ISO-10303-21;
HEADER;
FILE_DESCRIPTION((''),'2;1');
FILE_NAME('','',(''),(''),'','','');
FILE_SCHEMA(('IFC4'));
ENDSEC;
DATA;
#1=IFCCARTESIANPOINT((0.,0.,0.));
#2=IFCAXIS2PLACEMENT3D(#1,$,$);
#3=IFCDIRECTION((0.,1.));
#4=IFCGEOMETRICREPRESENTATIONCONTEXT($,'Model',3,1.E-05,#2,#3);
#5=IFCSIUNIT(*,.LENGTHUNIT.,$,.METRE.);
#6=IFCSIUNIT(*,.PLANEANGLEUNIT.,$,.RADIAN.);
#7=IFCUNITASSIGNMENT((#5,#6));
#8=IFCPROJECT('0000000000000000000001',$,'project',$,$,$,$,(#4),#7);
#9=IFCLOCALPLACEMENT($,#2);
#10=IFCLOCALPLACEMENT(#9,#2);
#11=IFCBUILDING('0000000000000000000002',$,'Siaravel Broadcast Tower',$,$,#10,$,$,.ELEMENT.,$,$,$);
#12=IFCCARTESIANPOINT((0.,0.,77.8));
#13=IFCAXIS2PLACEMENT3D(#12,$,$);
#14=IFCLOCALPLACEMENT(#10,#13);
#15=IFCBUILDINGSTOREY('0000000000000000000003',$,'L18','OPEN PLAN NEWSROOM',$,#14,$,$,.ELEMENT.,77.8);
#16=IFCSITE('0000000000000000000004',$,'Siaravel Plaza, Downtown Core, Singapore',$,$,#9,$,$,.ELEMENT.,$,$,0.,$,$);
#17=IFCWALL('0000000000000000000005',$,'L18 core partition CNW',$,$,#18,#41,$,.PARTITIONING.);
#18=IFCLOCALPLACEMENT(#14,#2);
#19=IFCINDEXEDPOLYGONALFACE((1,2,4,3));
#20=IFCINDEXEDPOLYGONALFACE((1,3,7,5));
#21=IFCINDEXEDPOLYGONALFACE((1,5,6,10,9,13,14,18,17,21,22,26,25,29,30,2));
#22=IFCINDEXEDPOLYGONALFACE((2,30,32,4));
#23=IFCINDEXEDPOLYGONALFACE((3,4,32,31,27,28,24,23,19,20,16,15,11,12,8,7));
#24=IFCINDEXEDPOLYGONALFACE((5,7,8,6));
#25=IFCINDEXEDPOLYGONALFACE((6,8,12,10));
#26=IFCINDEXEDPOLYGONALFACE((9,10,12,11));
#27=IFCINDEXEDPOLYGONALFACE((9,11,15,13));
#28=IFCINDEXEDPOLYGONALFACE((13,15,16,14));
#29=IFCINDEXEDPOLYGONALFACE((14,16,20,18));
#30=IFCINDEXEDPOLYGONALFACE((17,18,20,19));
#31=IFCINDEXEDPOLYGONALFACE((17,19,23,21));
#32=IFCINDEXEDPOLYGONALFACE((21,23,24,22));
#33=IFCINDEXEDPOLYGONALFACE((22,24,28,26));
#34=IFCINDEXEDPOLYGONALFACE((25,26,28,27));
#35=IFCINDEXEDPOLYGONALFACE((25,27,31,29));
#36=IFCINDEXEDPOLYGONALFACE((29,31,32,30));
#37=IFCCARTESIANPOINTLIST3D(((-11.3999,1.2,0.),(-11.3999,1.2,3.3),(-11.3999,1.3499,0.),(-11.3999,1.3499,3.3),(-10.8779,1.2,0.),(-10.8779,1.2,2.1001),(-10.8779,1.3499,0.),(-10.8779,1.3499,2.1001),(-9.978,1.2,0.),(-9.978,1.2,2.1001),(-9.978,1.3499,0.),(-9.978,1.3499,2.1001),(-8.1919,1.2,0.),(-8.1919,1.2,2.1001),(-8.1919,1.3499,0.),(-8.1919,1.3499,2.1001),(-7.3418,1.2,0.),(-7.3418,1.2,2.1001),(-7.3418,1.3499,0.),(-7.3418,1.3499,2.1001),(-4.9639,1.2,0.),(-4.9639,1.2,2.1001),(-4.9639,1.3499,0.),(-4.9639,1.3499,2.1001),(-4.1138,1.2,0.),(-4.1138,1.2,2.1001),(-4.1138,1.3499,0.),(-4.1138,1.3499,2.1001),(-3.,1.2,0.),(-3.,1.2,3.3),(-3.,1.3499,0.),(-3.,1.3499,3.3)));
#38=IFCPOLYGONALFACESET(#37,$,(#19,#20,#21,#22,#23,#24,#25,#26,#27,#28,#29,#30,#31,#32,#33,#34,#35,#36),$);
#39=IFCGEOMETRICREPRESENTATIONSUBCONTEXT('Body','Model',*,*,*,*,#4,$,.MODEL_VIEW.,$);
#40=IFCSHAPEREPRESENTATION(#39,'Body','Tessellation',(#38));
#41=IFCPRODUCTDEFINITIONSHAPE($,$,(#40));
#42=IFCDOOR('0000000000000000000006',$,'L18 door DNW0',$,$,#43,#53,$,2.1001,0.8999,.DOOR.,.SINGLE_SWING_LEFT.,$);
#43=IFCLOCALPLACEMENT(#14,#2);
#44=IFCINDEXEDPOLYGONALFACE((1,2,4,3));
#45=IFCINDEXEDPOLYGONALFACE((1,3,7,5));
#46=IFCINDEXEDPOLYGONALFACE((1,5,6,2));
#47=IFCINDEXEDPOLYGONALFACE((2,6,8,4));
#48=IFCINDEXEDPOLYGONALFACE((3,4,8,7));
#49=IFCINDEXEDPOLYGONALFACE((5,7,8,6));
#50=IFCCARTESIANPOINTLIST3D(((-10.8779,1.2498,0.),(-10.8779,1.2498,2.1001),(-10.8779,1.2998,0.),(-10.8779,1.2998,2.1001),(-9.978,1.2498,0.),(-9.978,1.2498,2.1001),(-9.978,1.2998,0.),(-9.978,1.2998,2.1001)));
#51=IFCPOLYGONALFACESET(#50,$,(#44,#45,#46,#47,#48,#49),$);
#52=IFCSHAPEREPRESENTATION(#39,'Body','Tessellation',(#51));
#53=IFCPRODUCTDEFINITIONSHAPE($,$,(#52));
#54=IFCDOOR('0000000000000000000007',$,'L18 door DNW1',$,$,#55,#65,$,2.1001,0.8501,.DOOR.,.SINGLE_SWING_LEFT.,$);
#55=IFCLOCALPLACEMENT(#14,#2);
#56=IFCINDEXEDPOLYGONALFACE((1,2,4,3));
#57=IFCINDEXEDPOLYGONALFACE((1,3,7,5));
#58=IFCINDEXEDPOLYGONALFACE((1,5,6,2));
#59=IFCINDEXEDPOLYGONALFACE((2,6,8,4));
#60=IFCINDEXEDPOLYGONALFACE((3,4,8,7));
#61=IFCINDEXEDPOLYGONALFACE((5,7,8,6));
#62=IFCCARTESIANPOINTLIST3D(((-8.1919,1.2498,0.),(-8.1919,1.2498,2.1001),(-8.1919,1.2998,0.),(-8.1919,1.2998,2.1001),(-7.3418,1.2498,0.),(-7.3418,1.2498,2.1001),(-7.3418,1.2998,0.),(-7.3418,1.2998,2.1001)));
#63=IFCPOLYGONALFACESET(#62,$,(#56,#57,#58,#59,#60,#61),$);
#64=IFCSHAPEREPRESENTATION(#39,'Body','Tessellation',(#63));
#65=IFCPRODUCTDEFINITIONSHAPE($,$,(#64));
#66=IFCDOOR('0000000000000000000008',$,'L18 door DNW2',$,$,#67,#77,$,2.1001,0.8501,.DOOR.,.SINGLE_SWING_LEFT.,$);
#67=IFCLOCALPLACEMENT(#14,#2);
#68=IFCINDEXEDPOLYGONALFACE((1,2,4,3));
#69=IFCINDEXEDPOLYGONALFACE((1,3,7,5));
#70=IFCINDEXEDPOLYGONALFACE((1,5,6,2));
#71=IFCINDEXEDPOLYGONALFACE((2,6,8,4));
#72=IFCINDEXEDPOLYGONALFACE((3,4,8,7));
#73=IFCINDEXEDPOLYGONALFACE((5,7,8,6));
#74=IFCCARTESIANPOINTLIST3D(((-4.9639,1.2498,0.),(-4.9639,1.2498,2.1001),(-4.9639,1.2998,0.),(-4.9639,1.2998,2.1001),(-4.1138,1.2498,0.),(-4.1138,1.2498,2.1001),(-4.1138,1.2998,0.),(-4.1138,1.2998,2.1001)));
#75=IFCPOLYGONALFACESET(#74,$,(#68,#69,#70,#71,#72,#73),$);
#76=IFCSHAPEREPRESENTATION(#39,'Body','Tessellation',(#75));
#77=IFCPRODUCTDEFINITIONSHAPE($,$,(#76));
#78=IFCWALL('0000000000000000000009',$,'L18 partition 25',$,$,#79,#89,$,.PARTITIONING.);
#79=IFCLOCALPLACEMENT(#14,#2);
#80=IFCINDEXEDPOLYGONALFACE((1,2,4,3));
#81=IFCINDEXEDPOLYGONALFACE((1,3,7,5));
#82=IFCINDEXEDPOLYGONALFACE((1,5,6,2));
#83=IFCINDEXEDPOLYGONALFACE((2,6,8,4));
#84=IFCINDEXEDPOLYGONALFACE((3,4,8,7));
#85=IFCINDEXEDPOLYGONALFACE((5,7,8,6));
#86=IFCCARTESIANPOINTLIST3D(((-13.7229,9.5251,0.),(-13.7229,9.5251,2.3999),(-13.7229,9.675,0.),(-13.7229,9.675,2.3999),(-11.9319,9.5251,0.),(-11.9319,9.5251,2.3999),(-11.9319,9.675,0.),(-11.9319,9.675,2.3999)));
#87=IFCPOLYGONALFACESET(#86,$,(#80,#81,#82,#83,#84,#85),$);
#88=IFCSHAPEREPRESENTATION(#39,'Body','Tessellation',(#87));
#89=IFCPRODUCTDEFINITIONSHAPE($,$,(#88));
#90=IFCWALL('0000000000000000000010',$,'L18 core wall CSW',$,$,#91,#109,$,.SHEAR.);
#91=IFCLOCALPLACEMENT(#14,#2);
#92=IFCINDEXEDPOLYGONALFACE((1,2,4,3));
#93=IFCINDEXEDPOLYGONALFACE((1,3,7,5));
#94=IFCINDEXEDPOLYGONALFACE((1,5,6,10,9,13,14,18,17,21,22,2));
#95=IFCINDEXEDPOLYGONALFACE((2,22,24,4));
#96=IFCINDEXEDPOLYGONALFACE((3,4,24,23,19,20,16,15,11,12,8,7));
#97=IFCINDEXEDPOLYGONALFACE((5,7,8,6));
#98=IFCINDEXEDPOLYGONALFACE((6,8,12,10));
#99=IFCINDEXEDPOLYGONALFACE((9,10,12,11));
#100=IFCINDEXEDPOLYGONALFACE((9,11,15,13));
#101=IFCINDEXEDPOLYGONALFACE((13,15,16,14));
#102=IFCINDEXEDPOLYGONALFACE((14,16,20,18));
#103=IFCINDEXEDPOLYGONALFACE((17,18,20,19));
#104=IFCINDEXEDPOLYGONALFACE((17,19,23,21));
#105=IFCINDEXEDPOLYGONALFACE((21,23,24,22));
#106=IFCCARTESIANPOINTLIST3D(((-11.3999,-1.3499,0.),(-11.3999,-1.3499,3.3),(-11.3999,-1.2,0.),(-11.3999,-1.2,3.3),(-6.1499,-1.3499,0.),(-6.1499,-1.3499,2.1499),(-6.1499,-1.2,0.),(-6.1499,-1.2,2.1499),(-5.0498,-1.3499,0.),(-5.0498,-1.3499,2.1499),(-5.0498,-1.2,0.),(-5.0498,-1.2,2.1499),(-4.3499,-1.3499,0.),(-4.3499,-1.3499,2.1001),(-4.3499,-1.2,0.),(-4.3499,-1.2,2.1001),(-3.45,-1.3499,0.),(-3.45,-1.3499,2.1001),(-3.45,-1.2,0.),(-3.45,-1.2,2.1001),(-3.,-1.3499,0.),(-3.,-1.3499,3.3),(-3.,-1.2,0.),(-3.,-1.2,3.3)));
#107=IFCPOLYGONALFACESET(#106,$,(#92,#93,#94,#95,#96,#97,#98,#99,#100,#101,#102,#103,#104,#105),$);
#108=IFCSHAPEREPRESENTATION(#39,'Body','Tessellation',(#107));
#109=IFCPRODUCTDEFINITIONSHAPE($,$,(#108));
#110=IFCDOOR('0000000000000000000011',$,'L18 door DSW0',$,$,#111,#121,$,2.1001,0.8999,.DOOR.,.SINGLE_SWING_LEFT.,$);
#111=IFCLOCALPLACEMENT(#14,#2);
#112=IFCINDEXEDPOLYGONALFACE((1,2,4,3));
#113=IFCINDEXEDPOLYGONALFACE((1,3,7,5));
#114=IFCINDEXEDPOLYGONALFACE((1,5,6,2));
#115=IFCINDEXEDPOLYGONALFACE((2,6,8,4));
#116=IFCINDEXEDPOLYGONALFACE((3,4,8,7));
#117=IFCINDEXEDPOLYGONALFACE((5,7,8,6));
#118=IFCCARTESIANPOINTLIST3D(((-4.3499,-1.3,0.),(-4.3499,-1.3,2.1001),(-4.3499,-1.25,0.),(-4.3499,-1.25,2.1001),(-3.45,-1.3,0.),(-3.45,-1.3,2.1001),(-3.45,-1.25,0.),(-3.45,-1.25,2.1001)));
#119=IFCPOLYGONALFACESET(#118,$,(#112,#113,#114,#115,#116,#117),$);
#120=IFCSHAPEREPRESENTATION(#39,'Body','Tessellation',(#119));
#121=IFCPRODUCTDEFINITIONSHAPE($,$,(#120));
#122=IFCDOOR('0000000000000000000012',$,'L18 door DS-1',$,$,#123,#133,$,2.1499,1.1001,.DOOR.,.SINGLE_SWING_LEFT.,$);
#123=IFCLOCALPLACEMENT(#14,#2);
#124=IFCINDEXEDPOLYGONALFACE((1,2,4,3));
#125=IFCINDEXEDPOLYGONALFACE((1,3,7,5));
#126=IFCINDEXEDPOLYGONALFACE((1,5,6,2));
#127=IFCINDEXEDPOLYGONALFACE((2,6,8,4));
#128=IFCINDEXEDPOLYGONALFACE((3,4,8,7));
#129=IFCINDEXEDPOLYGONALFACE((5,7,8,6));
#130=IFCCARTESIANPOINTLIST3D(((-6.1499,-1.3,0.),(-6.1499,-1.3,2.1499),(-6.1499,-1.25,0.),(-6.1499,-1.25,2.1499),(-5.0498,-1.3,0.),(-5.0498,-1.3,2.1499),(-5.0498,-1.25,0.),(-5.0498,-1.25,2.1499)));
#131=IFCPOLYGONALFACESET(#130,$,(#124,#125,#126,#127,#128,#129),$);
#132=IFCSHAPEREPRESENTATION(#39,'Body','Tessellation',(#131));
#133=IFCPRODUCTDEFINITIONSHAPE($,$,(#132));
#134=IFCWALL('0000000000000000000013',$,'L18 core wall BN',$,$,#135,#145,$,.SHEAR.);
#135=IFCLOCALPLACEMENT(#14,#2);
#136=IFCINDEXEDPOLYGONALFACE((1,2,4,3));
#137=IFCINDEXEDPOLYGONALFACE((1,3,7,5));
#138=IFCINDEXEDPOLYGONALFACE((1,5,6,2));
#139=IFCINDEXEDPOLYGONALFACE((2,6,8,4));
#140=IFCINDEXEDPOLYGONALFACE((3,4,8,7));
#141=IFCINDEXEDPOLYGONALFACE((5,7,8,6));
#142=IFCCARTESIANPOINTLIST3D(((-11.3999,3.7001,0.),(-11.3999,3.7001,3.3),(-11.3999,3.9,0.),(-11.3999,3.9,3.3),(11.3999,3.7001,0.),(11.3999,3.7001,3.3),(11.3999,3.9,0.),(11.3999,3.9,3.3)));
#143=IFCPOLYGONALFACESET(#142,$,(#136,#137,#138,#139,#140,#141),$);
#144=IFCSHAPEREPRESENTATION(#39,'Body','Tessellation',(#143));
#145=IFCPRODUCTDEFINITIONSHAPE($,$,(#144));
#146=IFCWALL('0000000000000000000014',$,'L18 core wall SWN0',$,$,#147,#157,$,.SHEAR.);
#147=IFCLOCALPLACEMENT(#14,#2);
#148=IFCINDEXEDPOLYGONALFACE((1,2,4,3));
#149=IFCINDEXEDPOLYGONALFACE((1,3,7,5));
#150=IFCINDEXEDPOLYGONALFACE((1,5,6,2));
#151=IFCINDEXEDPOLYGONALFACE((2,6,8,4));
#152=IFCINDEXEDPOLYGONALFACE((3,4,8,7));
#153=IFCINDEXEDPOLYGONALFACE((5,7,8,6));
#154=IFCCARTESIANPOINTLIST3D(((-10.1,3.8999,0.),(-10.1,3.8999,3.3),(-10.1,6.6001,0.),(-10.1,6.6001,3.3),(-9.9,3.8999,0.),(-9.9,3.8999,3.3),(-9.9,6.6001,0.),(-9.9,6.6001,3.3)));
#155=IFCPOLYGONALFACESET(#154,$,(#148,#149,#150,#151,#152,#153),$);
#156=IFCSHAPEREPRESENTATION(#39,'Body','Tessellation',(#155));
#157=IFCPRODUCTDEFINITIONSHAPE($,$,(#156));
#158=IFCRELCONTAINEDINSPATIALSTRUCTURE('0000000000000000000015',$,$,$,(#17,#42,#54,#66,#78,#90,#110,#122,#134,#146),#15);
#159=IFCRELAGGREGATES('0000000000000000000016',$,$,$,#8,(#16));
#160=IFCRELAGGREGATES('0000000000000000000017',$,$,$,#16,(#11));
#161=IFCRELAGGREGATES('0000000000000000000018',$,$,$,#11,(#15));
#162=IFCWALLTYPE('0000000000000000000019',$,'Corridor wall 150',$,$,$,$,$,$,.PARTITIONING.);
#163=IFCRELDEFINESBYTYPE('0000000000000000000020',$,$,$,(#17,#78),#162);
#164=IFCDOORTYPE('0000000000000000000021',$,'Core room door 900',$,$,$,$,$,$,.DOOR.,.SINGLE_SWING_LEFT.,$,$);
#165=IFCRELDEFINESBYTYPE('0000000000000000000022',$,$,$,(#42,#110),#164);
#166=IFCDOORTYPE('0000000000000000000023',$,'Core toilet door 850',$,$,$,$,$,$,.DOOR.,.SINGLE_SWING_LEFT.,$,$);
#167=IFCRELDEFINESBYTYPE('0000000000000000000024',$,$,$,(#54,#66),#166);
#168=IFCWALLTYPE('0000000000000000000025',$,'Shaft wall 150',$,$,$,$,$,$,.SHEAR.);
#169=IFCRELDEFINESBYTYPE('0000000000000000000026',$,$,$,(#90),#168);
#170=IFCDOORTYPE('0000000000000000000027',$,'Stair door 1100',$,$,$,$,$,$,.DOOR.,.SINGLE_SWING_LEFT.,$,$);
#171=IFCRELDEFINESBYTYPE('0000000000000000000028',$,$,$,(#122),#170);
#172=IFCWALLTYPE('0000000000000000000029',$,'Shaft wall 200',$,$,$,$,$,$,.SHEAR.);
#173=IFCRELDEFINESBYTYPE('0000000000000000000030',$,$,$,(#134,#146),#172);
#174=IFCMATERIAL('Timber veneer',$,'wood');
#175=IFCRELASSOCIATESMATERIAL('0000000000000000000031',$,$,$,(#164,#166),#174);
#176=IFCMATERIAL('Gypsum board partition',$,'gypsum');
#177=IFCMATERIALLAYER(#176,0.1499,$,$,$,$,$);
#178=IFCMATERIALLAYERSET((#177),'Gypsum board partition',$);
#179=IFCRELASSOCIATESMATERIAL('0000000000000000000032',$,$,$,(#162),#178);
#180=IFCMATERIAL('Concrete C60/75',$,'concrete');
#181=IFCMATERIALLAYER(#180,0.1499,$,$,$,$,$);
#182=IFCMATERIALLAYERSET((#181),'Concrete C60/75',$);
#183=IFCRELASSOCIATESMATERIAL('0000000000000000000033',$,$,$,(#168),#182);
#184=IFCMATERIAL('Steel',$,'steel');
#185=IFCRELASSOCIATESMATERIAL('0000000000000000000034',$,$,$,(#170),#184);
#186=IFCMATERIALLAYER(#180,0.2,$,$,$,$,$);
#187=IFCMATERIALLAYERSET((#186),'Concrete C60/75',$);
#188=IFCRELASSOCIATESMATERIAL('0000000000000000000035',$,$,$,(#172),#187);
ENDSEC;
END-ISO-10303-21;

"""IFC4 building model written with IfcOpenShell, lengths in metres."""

from ifc_helpers import new_model, si_unit, direction, frame, frame_2d, origin, place, context, subcontext, project, spatial, rectangle, extrude, material, layer, layer_set, type_object, element, fill, save


model = new_model("IFC4")

# Units and contexts
model_context = context("Model", 3, precision=1e-05, world=origin(), true_north=direction((0.0, 1.0)))
body_context = subcontext(model_context, "Body", "Model", "MODEL_VIEW")
ifc_project = project(units=[si_unit("LENGTHUNIT", "METRE"), si_unit("PLANEANGLEUNIT", "RADIAN")], contexts=[model_context])

# Site, building, storey
site_placement = place(None, origin())
site = spatial("IfcSite", under=ifc_project, at=site_placement, Name="Siaravel Plaza, Downtown Core, Singapore", CompositionType="ELEMENT", RefElevation=0.0)
building_placement = place(site_placement, origin())
building = spatial("IfcBuilding", under=site, at=building_placement, Name="Siaravel Broadcast Tower", CompositionType="ELEMENT")
storey_placement = place(building_placement, frame((0.0, 0.0, 77.8)))
storey = spatial("IfcBuildingStorey", under=building, at=storey_placement, Name="L18", Description="OPEN PLAN NEWSROOM", CompositionType="ELEMENT", Elevation=77.8)

# Wall, openings, doors
ifc_material_1 = material(Name="Concrete C60/75", Category="concrete")
ifc_material_2 = material(Name="Timber veneer", Category="wood")
door_type_1 = type_object("IfcDoorType", Name="Core room door 900", OperationType="SINGLE_SWING_LEFT", PredefinedType="DOOR", material=ifc_material_2)
ifc_material_3 = material(Name="Steel", Category="steel")
ifc_material_4 = material(Name="Gypsum board partition", Category="gypsum")
ifc_layer_1 = layer(ifc_material_4, 0.1499)
ifc_layer_set_1 = layer_set([ifc_layer_1], Name="Gypsum board partition")
wall_type_1 = type_object("IfcWallType", Name="Corridor wall 150", PredefinedType="PARTITIONING", material=ifc_layer_set_1)
wall_1_placement = place(storey_placement, frame((-11.3999, 1.2749, 0.0), z_axis=(0.0, 0.0, 1.0), x_axis=(1.0, 0.0, 0.0)))
wall_1 = element("IfcWall", 1, at=wall_1_placement, inside=storey, type_object=wall_type_1, Name="L18 core partition CNW", PredefinedType="PARTITIONING", context=body_context, shape_type="SweptSolid", body=[
    extrude(rectangle(XDim=8.3999, YDim=0.1499, at=frame_2d((4.2, 0.0))), origin(), (0.0, 0.0, 1.0), 3.3),
])
opening_1_placement = place(wall_1_placement, frame((0.522, 0.0, 0.0)))
opening_1 = element("IfcOpeningElement", 2, at=opening_1_placement, cuts=wall_1, PredefinedType="OPENING", context=body_context, shape_type="SweptSolid", body=[
    extrude(rectangle(XDim=0.8999, YDim=2.1001, at=frame_2d((0.45, 1.05))), frame((0.0, 0.085, 0.0), z_axis=(0.0, -1.0, 0.0), x_axis=(1.0, 0.0, 0.0)), (0.0, 0.0, 1.0), 0.1699),
])
opening_2_placement = place(wall_1_placement, frame((3.208, 0.0, 0.0)))
opening_2 = element("IfcOpeningElement", 3, at=opening_2_placement, cuts=wall_1, PredefinedType="OPENING", context=body_context, shape_type="SweptSolid", body=[
    extrude(rectangle(XDim=0.8501, YDim=2.1001, at=frame_2d((0.425, 1.05))), frame((0.0, 0.085, 0.0), z_axis=(0.0, -1.0, 0.0), x_axis=(1.0, 0.0, 0.0)), (0.0, 0.0, 1.0), 0.1699),
])
opening_3_placement = place(wall_1_placement, frame((6.436, 0.0, 0.0)))
opening_3 = element("IfcOpeningElement", 4, at=opening_3_placement, cuts=wall_1, PredefinedType="OPENING", context=body_context, shape_type="SweptSolid", body=[
    extrude(rectangle(XDim=0.8501, YDim=2.1001, at=frame_2d((0.425, 1.05))), frame((0.0, 0.085, 0.0), z_axis=(0.0, -1.0, 0.0), x_axis=(1.0, 0.0, 0.0)), (0.0, 0.0, 1.0), 0.1699),
])
door_1_placement = place(opening_1_placement, origin())
door_1 = element("IfcDoor", 5, at=door_1_placement, inside=storey, type_object=door_type_1, Name="L18 door DNW0", OperationType="SINGLE_SWING_LEFT", OverallHeight=2.1001, OverallWidth=0.8999, PredefinedType="DOOR", context=body_context, shape_type="SweptSolid", body=[
    extrude(rectangle(XDim=0.8999, YDim=2.1001, at=frame_2d((0.45, 1.05))), frame((0.0, 0.0249, 0.0), z_axis=(0.0, -1.0, 0.0), x_axis=(1.0, 0.0, 0.0)), (0.0, 0.0, 1.0), 0.05),
])
fill(opening_1, door_1)
door_type_2 = type_object("IfcDoorType", Name="Core toilet door 850", OperationType="SINGLE_SWING_LEFT", PredefinedType="DOOR", material=ifc_material_2)
door_2_placement = place(opening_2_placement, origin())
door_2 = element("IfcDoor", 6, at=door_2_placement, inside=storey, type_object=door_type_2, Name="L18 door DNW1", OperationType="SINGLE_SWING_LEFT", OverallHeight=2.1001, OverallWidth=0.8501, PredefinedType="DOOR", context=body_context, shape_type="SweptSolid", body=[
    extrude(rectangle(XDim=0.8501, YDim=2.1001, at=frame_2d((0.425, 1.05))), frame((0.0, 0.0249, 0.0), z_axis=(0.0, -1.0, 0.0), x_axis=(1.0, 0.0, 0.0)), (0.0, 0.0, 1.0), 0.05),
])
fill(opening_2, door_2)
door_3_placement = place(opening_3_placement, origin())
door_3 = element("IfcDoor", 7, at=door_3_placement, inside=storey, type_object=door_type_2, Name="L18 door DNW2", OperationType="SINGLE_SWING_LEFT", OverallHeight=2.1001, OverallWidth=0.8501, PredefinedType="DOOR", context=body_context, shape_type="SweptSolid", body=[
    extrude(rectangle(XDim=0.8501, YDim=2.1001, at=frame_2d((0.425, 1.05))), frame((0.0, 0.0249, 0.0), z_axis=(0.0, -1.0, 0.0), x_axis=(1.0, 0.0, 0.0)), (0.0, 0.0, 1.0), 0.05),
])
fill(opening_3, door_3)

# Wall
wall_2_placement = place(storey_placement, frame((-11.9319, 9.6001, 0.0), z_axis=(0.0, 0.0, 1.0), x_axis=(-1.0, 0.0, 0.0)))
element("IfcWall", 8, at=wall_2_placement, inside=storey, type_object=wall_type_1, Name="L18 partition 25", PredefinedType="PARTITIONING", context=body_context, shape_type="SweptSolid", body=[
    extrude(rectangle(XDim=1.791, YDim=0.1499, at=frame_2d((0.8955, 0.0))), origin(), (0.0, 0.0, 1.0), 2.3999),
])

# Wall, openings, doors
ifc_layer_2 = layer(ifc_material_1, 0.1499)
ifc_layer_set_2 = layer_set([ifc_layer_2], Name="Concrete C60/75")
wall_type_2 = type_object("IfcWallType", Name="Shaft wall 150", PredefinedType="SHEAR", material=ifc_layer_set_2)
wall_3_placement = place(storey_placement, frame((-11.3999, -1.2749, 0.0), z_axis=(0.0, 0.0, 1.0), x_axis=(1.0, 0.0, 0.0)))
wall_3 = element("IfcWall", 9, at=wall_3_placement, inside=storey, type_object=wall_type_2, Name="L18 core wall CSW", PredefinedType="SHEAR", context=body_context, shape_type="SweptSolid", body=[
    extrude(rectangle(XDim=8.3999, YDim=0.1499, at=frame_2d((4.2, 0.0))), origin(), (0.0, 0.0, 1.0), 3.3),
])
opening_4_placement = place(wall_3_placement, frame((5.25, 0.0, 0.0)))
opening_4 = element("IfcOpeningElement", 10, at=opening_4_placement, cuts=wall_3, PredefinedType="OPENING", context=body_context, shape_type="SweptSolid", body=[
    extrude(rectangle(XDim=1.1001, YDim=2.1499, at=frame_2d((0.55, 1.075))), frame((0.0, 0.085, 0.0), z_axis=(0.0, -1.0, 0.0), x_axis=(1.0, 0.0, 0.0)), (0.0, 0.0, 1.0), 0.1699),
])
opening_5_placement = place(wall_3_placement, frame((7.05, 0.0, 0.0)))
opening_5 = element("IfcOpeningElement", 11, at=opening_5_placement, cuts=wall_3, PredefinedType="OPENING", context=body_context, shape_type="SweptSolid", body=[
    extrude(rectangle(XDim=0.8999, YDim=2.1001, at=frame_2d((0.45, 1.05))), frame((0.0, 0.085, 0.0), z_axis=(0.0, -1.0, 0.0), x_axis=(1.0, 0.0, 0.0)), (0.0, 0.0, 1.0), 0.1699),
])
door_4_placement = place(opening_5_placement, origin())
door_4 = element("IfcDoor", 12, at=door_4_placement, inside=storey, type_object=door_type_1, Name="L18 door DSW0", OperationType="SINGLE_SWING_LEFT", OverallHeight=2.1001, OverallWidth=0.8999, PredefinedType="DOOR", context=body_context, shape_type="SweptSolid", body=[
    extrude(rectangle(XDim=0.8999, YDim=2.1001, at=frame_2d((0.45, 1.05))), frame((0.0, 0.0249, 0.0), z_axis=(0.0, -1.0, 0.0), x_axis=(1.0, 0.0, 0.0)), (0.0, 0.0, 1.0), 0.05),
])
fill(opening_5, door_4)
door_type_3 = type_object("IfcDoorType", Name="Stair door 1100", OperationType="SINGLE_SWING_LEFT", PredefinedType="DOOR", material=ifc_material_3)
door_5_placement = place(opening_4_placement, origin())
door_5 = element("IfcDoor", 13, at=door_5_placement, inside=storey, type_object=door_type_3, Name="L18 door DS-1", OperationType="SINGLE_SWING_LEFT", OverallHeight=2.1499, OverallWidth=1.1001, PredefinedType="DOOR", context=body_context, shape_type="SweptSolid", body=[
    extrude(rectangle(XDim=1.1001, YDim=2.1499, at=frame_2d((0.55, 1.075))), frame((0.0, 0.0249, 0.0), z_axis=(0.0, -1.0, 0.0), x_axis=(1.0, 0.0, 0.0)), (0.0, 0.0, 1.0), 0.05),
])
fill(opening_4, door_5)

# Walls
ifc_layer_3 = layer(ifc_material_1, 0.2)
ifc_layer_set_3 = layer_set([ifc_layer_3], Name="Concrete C60/75")
wall_type_3 = type_object("IfcWallType", Name="Shaft wall 200", PredefinedType="SHEAR", material=ifc_layer_set_3)
wall_4_placement = place(storey_placement, frame((-11.3999, 3.8, 0.0), z_axis=(0.0, 0.0, 1.0), x_axis=(1.0, 0.0, 0.0)))
element("IfcWall", 14, at=wall_4_placement, inside=storey, type_object=wall_type_3, Name="L18 core wall BN", PredefinedType="SHEAR", context=body_context, shape_type="SweptSolid", body=[
    extrude(rectangle(XDim=22.7998, YDim=0.2, at=frame_2d((11.3999, 0.0))), origin(), (0.0, 0.0, 1.0), 3.3),
])
wall_5_placement = place(storey_placement, frame((-10.0, 3.8999, 0.0), z_axis=(0.0, 0.0, 1.0), x_axis=(0.0, 1.0, 0.0)))
element("IfcWall", 15, at=wall_5_placement, inside=storey, type_object=wall_type_3, Name="L18 core wall SWN0", PredefinedType="SHEAR", context=body_context, shape_type="SweptSolid", body=[
    extrude(rectangle(XDim=2.7002, YDim=0.2, at=frame_2d((1.3501, 0.0))), origin(), (0.0, 0.0, 1.0), 3.3),
])

save(model, "model.ifc")
